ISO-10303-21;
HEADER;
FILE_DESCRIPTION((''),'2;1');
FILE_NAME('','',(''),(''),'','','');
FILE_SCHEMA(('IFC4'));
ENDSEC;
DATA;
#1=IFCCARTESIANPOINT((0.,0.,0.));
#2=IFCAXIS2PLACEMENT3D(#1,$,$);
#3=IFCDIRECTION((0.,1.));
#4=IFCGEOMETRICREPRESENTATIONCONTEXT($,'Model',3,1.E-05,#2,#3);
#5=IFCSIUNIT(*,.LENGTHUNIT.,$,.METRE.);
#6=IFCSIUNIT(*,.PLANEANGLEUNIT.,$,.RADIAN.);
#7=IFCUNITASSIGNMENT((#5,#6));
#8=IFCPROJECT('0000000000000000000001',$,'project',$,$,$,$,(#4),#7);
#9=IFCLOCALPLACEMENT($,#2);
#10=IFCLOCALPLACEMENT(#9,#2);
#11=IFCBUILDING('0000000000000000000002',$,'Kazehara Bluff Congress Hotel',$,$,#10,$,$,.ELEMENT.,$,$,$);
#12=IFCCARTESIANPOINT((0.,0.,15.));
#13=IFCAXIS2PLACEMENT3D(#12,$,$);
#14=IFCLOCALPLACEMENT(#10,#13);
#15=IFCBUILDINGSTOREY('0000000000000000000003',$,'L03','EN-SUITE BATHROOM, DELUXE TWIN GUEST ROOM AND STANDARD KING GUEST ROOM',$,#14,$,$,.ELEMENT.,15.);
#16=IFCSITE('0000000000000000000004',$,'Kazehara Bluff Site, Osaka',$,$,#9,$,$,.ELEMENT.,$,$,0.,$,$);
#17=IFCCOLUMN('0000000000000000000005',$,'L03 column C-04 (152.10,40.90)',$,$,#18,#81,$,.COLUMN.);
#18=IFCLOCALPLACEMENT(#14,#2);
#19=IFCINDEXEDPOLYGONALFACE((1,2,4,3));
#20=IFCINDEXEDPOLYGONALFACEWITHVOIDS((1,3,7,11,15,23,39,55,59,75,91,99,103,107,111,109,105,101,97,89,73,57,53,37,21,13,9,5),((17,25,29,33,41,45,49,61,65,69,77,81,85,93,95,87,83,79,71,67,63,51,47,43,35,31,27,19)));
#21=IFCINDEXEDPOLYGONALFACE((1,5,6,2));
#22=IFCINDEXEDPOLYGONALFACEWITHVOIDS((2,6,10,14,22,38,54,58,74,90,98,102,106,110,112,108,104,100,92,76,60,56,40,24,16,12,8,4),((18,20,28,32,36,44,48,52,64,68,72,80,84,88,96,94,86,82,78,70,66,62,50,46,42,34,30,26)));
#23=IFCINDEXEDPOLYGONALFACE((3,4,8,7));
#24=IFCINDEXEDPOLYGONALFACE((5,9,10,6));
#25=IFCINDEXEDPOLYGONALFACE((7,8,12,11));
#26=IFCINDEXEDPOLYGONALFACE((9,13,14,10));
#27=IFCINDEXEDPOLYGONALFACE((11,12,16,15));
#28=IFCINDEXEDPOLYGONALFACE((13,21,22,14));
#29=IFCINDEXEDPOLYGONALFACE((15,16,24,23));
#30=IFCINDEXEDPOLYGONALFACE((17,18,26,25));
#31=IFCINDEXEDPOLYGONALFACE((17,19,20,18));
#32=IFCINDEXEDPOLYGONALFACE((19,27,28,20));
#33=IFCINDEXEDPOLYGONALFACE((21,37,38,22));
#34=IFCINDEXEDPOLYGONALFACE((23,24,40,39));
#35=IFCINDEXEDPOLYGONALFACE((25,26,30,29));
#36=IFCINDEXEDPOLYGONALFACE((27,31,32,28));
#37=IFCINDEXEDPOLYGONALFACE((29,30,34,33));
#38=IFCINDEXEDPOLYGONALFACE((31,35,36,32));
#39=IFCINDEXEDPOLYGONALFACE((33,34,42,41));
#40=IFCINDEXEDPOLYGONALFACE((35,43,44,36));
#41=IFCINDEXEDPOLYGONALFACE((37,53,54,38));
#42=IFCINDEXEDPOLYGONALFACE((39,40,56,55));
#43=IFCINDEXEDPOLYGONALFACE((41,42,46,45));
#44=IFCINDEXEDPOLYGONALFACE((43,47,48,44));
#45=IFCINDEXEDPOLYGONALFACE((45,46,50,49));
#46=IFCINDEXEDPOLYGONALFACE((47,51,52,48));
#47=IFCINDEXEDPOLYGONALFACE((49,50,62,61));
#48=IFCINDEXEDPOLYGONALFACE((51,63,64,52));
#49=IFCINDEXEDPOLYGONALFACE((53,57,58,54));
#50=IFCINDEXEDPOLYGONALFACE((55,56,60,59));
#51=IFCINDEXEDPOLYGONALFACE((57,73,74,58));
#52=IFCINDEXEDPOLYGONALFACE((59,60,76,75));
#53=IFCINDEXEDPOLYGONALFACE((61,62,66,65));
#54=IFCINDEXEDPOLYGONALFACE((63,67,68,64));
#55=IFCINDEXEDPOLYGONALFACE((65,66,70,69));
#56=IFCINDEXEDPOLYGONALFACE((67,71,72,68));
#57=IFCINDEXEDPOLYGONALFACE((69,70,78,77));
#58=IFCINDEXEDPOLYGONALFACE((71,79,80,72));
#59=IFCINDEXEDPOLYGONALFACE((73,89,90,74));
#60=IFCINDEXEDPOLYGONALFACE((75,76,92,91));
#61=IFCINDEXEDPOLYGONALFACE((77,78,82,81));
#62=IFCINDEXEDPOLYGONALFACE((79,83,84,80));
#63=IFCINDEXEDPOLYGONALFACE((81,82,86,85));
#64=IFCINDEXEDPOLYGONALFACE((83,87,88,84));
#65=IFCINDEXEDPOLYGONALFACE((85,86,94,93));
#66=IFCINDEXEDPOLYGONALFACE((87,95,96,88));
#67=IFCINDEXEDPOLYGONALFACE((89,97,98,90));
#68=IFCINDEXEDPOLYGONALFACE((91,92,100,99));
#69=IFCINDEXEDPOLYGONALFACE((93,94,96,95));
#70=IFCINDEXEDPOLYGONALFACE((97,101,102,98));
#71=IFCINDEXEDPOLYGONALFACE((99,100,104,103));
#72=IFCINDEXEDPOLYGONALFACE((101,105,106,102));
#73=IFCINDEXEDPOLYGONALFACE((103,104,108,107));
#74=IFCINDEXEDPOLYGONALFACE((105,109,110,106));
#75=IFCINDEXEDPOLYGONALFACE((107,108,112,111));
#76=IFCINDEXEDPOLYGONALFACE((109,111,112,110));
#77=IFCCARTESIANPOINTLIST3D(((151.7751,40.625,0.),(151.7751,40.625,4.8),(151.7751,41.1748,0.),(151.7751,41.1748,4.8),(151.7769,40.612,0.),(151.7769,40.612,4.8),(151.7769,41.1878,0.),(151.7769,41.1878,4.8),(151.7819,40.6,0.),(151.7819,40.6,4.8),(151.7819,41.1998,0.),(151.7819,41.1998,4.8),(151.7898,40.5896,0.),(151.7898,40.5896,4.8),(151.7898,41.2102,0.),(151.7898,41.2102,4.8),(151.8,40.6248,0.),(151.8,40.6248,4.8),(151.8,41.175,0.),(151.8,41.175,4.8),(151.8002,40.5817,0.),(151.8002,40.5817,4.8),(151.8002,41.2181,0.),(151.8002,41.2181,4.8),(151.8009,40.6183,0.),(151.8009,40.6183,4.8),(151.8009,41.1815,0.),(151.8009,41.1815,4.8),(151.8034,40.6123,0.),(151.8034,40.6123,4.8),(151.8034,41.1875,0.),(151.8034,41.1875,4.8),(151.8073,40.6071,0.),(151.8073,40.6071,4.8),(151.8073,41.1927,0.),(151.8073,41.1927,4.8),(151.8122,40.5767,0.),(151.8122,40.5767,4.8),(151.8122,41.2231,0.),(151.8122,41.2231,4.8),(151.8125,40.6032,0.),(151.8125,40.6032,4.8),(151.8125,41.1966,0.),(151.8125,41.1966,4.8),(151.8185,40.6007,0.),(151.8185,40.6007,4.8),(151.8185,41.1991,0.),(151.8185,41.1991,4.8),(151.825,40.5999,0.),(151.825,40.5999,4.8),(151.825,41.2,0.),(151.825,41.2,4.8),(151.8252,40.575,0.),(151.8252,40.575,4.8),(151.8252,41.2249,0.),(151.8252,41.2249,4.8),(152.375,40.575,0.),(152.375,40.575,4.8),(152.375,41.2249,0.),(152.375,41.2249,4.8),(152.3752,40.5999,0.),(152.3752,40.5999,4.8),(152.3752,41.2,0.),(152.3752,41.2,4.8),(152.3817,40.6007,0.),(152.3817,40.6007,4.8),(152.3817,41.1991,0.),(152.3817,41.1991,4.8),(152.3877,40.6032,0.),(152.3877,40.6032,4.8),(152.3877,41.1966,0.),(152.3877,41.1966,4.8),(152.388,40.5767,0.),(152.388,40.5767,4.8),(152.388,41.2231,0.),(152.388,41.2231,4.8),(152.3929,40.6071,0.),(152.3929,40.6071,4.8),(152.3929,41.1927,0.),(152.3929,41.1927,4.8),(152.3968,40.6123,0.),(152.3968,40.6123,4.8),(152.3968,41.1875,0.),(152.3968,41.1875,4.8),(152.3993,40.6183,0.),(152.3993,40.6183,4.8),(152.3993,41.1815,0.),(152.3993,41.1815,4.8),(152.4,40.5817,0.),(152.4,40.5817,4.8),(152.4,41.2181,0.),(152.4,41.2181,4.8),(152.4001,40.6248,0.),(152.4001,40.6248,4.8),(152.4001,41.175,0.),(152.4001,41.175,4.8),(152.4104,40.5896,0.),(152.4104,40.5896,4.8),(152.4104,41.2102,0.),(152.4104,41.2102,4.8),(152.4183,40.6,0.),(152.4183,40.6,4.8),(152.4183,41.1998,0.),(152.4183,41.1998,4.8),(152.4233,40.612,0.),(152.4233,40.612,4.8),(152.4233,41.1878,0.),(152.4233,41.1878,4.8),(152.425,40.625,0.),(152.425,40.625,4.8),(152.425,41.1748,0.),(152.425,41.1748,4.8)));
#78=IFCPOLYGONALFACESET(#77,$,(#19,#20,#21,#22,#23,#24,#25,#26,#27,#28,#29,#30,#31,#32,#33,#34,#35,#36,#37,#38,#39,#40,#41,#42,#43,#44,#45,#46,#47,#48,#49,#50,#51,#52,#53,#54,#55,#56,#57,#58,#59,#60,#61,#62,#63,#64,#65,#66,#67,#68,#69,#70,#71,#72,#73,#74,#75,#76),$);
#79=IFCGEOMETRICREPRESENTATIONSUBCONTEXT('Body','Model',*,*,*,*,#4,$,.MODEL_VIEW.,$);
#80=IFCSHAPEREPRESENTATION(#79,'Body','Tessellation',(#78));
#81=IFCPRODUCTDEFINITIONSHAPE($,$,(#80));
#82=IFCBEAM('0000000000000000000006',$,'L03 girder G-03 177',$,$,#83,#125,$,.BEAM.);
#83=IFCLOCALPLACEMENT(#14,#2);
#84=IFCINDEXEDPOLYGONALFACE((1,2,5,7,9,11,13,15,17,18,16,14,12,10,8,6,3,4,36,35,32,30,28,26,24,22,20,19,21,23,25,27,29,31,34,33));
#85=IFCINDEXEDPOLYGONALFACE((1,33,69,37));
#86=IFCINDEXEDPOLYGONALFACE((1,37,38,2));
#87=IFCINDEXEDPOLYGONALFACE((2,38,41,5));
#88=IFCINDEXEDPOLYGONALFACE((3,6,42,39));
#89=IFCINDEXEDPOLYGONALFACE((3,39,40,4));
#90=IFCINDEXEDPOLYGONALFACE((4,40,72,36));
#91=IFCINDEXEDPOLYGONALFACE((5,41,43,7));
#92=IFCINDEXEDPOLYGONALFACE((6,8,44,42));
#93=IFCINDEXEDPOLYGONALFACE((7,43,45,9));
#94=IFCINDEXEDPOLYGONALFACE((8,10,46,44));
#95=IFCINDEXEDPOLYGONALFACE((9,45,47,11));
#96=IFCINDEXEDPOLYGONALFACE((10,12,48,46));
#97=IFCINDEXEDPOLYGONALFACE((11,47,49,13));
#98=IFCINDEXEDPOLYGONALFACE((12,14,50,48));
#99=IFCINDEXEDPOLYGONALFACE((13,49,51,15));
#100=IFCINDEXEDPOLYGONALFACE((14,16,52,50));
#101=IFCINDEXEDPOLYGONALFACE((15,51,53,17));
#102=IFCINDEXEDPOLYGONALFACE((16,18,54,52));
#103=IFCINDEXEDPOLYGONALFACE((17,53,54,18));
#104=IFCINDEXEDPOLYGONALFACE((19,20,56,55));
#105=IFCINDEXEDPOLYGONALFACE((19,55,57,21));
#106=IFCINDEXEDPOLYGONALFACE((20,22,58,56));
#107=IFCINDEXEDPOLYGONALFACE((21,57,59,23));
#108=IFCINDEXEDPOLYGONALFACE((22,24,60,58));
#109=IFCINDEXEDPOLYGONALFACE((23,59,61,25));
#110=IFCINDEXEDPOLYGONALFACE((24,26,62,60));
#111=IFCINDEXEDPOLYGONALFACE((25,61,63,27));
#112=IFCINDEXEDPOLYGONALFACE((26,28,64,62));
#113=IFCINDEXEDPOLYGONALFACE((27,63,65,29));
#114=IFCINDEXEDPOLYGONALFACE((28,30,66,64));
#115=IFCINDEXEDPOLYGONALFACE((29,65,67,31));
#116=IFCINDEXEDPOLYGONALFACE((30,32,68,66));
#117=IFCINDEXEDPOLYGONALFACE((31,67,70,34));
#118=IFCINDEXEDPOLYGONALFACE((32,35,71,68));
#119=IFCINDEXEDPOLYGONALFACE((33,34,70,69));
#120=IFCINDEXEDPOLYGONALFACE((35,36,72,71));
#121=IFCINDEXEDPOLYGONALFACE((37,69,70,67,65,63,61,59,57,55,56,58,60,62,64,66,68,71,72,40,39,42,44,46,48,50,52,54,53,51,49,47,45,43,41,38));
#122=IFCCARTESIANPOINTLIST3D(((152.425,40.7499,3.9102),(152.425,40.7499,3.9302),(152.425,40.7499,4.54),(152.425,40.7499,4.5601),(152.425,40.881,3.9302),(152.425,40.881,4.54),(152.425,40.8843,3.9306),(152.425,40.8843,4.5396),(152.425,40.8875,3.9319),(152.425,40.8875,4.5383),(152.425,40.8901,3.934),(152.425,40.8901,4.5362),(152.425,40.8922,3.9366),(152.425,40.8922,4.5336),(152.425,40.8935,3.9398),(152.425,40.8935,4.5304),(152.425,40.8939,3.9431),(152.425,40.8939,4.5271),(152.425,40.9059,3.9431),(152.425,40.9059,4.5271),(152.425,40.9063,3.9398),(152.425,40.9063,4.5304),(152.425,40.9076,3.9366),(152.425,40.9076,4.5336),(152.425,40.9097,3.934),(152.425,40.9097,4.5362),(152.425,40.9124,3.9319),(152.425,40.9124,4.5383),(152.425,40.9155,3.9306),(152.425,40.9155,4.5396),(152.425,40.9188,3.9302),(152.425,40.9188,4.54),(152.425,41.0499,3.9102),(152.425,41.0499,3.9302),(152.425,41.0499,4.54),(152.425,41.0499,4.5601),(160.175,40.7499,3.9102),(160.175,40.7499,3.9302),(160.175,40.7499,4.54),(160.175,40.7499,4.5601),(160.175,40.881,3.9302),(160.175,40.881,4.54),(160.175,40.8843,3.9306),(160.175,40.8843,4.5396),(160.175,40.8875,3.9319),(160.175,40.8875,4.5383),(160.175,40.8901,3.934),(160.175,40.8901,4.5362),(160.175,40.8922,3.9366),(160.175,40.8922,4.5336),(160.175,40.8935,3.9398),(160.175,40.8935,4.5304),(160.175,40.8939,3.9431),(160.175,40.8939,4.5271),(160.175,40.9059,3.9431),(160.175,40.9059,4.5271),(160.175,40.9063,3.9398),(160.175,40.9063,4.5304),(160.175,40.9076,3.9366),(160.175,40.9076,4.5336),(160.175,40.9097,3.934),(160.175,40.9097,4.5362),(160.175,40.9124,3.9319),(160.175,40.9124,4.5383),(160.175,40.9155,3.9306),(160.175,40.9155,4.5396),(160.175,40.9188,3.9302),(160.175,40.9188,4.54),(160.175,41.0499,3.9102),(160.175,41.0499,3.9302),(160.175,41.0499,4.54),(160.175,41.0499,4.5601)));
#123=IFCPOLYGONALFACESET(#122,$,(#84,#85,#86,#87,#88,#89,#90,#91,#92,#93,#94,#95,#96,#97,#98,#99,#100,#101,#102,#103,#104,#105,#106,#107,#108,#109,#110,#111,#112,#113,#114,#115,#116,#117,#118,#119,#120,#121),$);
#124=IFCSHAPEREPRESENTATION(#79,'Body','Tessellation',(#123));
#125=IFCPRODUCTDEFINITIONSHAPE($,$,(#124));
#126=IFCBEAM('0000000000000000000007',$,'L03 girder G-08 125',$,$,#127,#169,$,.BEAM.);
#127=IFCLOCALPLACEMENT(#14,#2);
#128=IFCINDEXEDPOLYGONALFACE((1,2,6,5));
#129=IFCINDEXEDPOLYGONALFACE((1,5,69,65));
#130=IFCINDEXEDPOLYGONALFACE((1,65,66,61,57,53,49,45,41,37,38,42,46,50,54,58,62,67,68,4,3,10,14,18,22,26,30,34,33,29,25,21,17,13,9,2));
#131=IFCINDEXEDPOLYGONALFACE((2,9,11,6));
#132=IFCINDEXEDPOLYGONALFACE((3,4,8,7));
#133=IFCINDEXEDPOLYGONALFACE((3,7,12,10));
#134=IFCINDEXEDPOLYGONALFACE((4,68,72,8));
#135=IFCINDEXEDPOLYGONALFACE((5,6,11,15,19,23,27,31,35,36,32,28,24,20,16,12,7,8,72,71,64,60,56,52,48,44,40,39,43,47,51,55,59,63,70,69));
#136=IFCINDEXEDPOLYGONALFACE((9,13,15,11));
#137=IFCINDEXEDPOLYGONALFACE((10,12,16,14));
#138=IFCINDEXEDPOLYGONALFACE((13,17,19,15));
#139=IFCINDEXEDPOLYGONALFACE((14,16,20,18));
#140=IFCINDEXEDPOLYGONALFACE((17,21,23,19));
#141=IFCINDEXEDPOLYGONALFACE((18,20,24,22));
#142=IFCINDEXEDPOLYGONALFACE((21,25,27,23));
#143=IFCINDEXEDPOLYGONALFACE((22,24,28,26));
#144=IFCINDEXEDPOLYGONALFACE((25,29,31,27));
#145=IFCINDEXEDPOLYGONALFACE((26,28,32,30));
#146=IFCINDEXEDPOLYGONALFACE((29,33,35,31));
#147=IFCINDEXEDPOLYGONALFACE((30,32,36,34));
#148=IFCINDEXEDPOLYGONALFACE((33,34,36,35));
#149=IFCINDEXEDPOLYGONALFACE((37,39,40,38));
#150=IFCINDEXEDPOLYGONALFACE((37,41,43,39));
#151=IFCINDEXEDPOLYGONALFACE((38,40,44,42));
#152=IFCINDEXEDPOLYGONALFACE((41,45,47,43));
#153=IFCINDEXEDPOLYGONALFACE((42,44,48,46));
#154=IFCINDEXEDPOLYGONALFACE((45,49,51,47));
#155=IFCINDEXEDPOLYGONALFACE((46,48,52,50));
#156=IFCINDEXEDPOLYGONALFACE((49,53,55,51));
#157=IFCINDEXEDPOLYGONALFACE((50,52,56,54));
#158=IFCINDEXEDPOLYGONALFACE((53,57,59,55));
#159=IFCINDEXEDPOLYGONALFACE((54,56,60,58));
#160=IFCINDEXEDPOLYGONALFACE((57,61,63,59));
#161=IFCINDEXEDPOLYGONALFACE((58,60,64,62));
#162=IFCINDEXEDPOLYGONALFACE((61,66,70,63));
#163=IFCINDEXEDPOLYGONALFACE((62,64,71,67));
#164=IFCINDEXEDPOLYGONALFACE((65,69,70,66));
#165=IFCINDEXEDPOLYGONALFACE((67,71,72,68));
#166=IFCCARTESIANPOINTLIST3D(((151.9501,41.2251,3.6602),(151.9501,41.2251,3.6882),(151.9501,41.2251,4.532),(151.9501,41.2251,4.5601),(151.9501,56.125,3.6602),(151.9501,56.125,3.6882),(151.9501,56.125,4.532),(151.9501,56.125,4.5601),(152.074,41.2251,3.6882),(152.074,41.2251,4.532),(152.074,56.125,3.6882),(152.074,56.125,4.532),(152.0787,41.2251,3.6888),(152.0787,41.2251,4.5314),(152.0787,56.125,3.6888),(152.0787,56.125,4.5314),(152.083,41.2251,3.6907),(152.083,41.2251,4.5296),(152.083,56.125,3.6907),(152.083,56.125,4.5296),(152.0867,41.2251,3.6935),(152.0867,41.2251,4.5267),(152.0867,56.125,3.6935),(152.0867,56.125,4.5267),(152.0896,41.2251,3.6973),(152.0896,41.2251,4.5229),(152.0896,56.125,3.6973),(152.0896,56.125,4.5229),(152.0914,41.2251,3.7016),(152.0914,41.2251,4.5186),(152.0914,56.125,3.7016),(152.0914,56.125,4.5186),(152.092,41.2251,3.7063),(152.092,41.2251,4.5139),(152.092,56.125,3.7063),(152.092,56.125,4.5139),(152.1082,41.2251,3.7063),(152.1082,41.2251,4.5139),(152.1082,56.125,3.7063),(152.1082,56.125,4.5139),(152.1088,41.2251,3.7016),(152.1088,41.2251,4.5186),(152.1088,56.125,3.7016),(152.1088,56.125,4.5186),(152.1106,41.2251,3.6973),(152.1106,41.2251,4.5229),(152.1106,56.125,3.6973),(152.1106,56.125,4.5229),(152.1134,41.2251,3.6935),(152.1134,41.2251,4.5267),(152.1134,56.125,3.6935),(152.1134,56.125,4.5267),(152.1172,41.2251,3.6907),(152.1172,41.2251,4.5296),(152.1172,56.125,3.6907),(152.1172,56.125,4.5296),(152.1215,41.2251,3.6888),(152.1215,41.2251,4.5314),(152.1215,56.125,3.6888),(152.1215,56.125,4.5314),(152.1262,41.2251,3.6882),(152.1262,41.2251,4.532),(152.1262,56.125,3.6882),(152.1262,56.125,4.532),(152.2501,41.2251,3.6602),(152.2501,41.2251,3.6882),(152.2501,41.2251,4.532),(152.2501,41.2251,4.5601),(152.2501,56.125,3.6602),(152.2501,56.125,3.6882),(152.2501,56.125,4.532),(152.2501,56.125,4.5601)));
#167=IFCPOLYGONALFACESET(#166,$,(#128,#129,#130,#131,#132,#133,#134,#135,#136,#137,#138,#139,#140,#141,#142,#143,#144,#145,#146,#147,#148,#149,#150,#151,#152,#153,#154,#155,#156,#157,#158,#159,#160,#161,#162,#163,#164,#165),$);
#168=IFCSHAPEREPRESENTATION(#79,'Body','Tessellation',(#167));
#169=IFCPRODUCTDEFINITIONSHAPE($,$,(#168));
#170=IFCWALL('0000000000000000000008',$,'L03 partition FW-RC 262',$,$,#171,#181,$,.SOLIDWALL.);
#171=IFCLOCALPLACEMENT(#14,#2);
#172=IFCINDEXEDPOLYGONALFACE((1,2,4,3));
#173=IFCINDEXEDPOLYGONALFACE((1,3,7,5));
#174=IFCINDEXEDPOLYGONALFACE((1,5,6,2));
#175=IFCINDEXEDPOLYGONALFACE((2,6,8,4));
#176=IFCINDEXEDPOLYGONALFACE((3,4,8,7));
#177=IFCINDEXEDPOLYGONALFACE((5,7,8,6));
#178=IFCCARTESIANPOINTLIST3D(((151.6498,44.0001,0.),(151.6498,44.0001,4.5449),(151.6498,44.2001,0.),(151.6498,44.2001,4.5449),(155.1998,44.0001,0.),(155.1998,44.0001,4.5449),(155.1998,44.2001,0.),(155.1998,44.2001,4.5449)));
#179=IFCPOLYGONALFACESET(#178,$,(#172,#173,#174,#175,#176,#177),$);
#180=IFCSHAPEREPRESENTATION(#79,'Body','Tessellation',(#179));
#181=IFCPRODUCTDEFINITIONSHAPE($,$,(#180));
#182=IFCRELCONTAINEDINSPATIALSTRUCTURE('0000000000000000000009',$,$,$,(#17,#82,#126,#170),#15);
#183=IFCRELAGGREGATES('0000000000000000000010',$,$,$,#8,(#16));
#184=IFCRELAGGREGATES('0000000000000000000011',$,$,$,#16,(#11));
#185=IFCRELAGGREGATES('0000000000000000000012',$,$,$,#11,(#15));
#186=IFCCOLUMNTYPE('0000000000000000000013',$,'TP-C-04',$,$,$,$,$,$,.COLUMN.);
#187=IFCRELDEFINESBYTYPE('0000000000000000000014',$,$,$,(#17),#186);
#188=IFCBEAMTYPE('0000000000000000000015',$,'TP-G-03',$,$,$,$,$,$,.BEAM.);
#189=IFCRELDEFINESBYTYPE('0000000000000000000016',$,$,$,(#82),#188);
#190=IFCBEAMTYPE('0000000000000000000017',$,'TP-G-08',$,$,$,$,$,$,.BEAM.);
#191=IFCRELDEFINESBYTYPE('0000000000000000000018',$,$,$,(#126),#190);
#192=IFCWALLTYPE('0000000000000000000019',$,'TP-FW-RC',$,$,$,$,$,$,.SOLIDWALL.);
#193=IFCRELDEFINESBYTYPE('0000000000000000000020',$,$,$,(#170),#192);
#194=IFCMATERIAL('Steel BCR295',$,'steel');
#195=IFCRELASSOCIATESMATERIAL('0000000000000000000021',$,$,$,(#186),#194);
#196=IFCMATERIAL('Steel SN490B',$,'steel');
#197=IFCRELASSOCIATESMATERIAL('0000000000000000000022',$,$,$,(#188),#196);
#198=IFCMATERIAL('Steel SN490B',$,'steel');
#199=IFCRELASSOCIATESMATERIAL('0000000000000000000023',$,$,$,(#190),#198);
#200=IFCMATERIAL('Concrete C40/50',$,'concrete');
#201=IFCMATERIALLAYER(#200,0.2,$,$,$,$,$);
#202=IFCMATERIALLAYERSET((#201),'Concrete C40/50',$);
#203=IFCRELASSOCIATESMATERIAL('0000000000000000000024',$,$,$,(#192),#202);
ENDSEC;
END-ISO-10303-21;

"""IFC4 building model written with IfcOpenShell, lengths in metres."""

from ifc_helpers import new_model, si_unit, direction, frame, frame_2d, origin, origin_2d, place, context, subcontext, project, spatial, rectangle, hollow_rectangle, i_section, extrude, material, layer, layer_set, material_profile, profile_set, type_object, element, save


model = new_model("IFC4")

# Units and contexts
model_context = context("Model", 3, precision=1e-05, world=origin(), true_north=direction((0.0, 1.0)))
body_context = subcontext(model_context, "Body", "Model", "MODEL_VIEW")
ifc_project = project(units=[si_unit("LENGTHUNIT", "METRE"), si_unit("PLANEANGLEUNIT", "RADIAN")], contexts=[model_context])

# Site, building, storey
site_placement = place(None, origin())
site = spatial("IfcSite", under=ifc_project, at=site_placement, Name="Kazehara Bluff Site, Osaka", CompositionType="ELEMENT", RefElevation=0.0)
building_placement = place(site_placement, origin())
building = spatial("IfcBuilding", under=site, at=building_placement, Name="Kazehara Bluff Congress Hotel", CompositionType="ELEMENT")
storey_placement = place(building_placement, frame((0.0, 0.0, 15.0)))
storey = spatial("IfcBuildingStorey", under=building, at=storey_placement, Name="L03", Description="EN-SUITE BATHROOM, DELUXE TWIN GUEST ROOM AND STANDARD KING GUEST ROOM", CompositionType="ELEMENT", Elevation=15.0)

# Column
ifc_material_1 = material(Name="Steel BCR295", Category="steel")
ifc_material_profile_1 = material_profile(ifc_material_1, hollow_rectangle(XDim=0.6499, YDim=0.6499, WallThickness=0.0249, InnerFilletRadius=0.0249, OuterFilletRadius=0.05, at=origin_2d()))
ifc_profile_set_1 = profile_set([ifc_material_profile_1], Name="Steel BCR295")
column_type = type_object("IfcColumnType", Name="TP-C-04", PredefinedType="COLUMN", material=ifc_profile_set_1)
column_placement = place(storey_placement, frame((152.1001, 40.8999, 0.0), z_axis=(0.0, 0.0, 1.0), x_axis=(1.0, 0.0, 0.0)))
element("IfcColumn", 1, at=column_placement, inside=storey, type_object=column_type, Name="L03 column C-04 (152.10,40.90)", PredefinedType="COLUMN", context=body_context, shape_type="SweptSolid", body=[
    extrude(hollow_rectangle(XDim=0.6499, YDim=0.6499, WallThickness=0.0249, InnerFilletRadius=0.0249, OuterFilletRadius=0.05, at=origin_2d()), origin(), (0.0, 0.0, 1.0), 4.8),
])

# Beams
ifc_material_2 = material(Name="Steel SN490B", Category="steel")
ifc_material_profile_2 = material_profile(ifc_material_2, i_section(OverallWidth=0.3, OverallDepth=0.6499, WebThickness=0.012, FlangeThickness=0.02, FilletRadius=0.0129, at=origin_2d()))
ifc_profile_set_2 = profile_set([ifc_material_profile_2], Name="Steel SN490B")
beam_type_1 = type_object("IfcBeamType", Name="TP-G-03", PredefinedType="BEAM", material=ifc_profile_set_2)
beam_1_placement = place(storey_placement, frame((152.425, 40.8999, 4.2351), z_axis=(1.0, 0.0, 0.0), x_axis=(0.0, 1.0, 0.0)))
element("IfcBeam", 2, at=beam_1_placement, inside=storey, type_object=beam_type_1, Name="L03 girder G-03 177", PredefinedType="BEAM", context=body_context, shape_type="SweptSolid", body=[
    extrude(i_section(OverallWidth=0.3, OverallDepth=0.6499, WebThickness=0.012, FlangeThickness=0.02, FilletRadius=0.0129, at=origin_2d()), origin(), (0.0, 0.0, 1.0), 7.75),
])
ifc_material_3 = material(Name="Steel SN490B", Category="steel")
ifc_material_profile_3 = material_profile(ifc_material_3, i_section(OverallWidth=0.3, OverallDepth=0.8999, WebThickness=0.0161, FlangeThickness=0.0281, FilletRadius=0.0181, at=origin_2d()))
ifc_profile_set_3 = profile_set([ifc_material_profile_3], Name="Steel SN490B")
beam_type_2 = type_object("IfcBeamType", Name="TP-G-08", PredefinedType="BEAM", material=ifc_profile_set_3)
beam_2_placement = place(storey_placement, frame((152.1001, 41.2251, 4.1101), z_axis=(0.0, 1.0, 0.0), x_axis=(-1.0, 0.0, 0.0)))
element("IfcBeam", 3, at=beam_2_placement, inside=storey, type_object=beam_type_2, Name="L03 girder G-08 125", PredefinedType="BEAM", context=body_context, shape_type="SweptSolid", body=[
    extrude(i_section(OverallWidth=0.3, OverallDepth=0.8999, WebThickness=0.0161, FlangeThickness=0.0281, FilletRadius=0.0181, at=origin_2d()), origin(), (0.0, 0.0, 1.0), 14.8999),
])

# Wall
ifc_material_4 = material(Name="Concrete C40/50", Category="concrete")
ifc_layer_1 = layer(ifc_material_4, 0.2)
ifc_layer_set_1 = layer_set([ifc_layer_1], Name="Concrete C40/50")
wall_type_1 = type_object("IfcWallType", Name="TP-FW-RC", PredefinedType="SOLIDWALL", material=ifc_layer_set_1)
wall_1_placement = place(storey_placement, frame((151.6499, 44.1001, 0.0), z_axis=(0.0, 0.0, 1.0), x_axis=(1.0, 0.0, 0.0)))
element("IfcWall", 4, at=wall_1_placement, inside=storey, type_object=wall_type_1, Name="L03 partition FW-RC 262", PredefinedType="SOLIDWALL", context=body_context, shape_type="SweptSolid", body=[
    extrude(rectangle(XDim=3.55, YDim=0.2, at=frame_2d((1.7749, 0.0))), origin(), (0.0, 0.0, 1.0), 4.5449),
])

save(model, "model.ifc")
